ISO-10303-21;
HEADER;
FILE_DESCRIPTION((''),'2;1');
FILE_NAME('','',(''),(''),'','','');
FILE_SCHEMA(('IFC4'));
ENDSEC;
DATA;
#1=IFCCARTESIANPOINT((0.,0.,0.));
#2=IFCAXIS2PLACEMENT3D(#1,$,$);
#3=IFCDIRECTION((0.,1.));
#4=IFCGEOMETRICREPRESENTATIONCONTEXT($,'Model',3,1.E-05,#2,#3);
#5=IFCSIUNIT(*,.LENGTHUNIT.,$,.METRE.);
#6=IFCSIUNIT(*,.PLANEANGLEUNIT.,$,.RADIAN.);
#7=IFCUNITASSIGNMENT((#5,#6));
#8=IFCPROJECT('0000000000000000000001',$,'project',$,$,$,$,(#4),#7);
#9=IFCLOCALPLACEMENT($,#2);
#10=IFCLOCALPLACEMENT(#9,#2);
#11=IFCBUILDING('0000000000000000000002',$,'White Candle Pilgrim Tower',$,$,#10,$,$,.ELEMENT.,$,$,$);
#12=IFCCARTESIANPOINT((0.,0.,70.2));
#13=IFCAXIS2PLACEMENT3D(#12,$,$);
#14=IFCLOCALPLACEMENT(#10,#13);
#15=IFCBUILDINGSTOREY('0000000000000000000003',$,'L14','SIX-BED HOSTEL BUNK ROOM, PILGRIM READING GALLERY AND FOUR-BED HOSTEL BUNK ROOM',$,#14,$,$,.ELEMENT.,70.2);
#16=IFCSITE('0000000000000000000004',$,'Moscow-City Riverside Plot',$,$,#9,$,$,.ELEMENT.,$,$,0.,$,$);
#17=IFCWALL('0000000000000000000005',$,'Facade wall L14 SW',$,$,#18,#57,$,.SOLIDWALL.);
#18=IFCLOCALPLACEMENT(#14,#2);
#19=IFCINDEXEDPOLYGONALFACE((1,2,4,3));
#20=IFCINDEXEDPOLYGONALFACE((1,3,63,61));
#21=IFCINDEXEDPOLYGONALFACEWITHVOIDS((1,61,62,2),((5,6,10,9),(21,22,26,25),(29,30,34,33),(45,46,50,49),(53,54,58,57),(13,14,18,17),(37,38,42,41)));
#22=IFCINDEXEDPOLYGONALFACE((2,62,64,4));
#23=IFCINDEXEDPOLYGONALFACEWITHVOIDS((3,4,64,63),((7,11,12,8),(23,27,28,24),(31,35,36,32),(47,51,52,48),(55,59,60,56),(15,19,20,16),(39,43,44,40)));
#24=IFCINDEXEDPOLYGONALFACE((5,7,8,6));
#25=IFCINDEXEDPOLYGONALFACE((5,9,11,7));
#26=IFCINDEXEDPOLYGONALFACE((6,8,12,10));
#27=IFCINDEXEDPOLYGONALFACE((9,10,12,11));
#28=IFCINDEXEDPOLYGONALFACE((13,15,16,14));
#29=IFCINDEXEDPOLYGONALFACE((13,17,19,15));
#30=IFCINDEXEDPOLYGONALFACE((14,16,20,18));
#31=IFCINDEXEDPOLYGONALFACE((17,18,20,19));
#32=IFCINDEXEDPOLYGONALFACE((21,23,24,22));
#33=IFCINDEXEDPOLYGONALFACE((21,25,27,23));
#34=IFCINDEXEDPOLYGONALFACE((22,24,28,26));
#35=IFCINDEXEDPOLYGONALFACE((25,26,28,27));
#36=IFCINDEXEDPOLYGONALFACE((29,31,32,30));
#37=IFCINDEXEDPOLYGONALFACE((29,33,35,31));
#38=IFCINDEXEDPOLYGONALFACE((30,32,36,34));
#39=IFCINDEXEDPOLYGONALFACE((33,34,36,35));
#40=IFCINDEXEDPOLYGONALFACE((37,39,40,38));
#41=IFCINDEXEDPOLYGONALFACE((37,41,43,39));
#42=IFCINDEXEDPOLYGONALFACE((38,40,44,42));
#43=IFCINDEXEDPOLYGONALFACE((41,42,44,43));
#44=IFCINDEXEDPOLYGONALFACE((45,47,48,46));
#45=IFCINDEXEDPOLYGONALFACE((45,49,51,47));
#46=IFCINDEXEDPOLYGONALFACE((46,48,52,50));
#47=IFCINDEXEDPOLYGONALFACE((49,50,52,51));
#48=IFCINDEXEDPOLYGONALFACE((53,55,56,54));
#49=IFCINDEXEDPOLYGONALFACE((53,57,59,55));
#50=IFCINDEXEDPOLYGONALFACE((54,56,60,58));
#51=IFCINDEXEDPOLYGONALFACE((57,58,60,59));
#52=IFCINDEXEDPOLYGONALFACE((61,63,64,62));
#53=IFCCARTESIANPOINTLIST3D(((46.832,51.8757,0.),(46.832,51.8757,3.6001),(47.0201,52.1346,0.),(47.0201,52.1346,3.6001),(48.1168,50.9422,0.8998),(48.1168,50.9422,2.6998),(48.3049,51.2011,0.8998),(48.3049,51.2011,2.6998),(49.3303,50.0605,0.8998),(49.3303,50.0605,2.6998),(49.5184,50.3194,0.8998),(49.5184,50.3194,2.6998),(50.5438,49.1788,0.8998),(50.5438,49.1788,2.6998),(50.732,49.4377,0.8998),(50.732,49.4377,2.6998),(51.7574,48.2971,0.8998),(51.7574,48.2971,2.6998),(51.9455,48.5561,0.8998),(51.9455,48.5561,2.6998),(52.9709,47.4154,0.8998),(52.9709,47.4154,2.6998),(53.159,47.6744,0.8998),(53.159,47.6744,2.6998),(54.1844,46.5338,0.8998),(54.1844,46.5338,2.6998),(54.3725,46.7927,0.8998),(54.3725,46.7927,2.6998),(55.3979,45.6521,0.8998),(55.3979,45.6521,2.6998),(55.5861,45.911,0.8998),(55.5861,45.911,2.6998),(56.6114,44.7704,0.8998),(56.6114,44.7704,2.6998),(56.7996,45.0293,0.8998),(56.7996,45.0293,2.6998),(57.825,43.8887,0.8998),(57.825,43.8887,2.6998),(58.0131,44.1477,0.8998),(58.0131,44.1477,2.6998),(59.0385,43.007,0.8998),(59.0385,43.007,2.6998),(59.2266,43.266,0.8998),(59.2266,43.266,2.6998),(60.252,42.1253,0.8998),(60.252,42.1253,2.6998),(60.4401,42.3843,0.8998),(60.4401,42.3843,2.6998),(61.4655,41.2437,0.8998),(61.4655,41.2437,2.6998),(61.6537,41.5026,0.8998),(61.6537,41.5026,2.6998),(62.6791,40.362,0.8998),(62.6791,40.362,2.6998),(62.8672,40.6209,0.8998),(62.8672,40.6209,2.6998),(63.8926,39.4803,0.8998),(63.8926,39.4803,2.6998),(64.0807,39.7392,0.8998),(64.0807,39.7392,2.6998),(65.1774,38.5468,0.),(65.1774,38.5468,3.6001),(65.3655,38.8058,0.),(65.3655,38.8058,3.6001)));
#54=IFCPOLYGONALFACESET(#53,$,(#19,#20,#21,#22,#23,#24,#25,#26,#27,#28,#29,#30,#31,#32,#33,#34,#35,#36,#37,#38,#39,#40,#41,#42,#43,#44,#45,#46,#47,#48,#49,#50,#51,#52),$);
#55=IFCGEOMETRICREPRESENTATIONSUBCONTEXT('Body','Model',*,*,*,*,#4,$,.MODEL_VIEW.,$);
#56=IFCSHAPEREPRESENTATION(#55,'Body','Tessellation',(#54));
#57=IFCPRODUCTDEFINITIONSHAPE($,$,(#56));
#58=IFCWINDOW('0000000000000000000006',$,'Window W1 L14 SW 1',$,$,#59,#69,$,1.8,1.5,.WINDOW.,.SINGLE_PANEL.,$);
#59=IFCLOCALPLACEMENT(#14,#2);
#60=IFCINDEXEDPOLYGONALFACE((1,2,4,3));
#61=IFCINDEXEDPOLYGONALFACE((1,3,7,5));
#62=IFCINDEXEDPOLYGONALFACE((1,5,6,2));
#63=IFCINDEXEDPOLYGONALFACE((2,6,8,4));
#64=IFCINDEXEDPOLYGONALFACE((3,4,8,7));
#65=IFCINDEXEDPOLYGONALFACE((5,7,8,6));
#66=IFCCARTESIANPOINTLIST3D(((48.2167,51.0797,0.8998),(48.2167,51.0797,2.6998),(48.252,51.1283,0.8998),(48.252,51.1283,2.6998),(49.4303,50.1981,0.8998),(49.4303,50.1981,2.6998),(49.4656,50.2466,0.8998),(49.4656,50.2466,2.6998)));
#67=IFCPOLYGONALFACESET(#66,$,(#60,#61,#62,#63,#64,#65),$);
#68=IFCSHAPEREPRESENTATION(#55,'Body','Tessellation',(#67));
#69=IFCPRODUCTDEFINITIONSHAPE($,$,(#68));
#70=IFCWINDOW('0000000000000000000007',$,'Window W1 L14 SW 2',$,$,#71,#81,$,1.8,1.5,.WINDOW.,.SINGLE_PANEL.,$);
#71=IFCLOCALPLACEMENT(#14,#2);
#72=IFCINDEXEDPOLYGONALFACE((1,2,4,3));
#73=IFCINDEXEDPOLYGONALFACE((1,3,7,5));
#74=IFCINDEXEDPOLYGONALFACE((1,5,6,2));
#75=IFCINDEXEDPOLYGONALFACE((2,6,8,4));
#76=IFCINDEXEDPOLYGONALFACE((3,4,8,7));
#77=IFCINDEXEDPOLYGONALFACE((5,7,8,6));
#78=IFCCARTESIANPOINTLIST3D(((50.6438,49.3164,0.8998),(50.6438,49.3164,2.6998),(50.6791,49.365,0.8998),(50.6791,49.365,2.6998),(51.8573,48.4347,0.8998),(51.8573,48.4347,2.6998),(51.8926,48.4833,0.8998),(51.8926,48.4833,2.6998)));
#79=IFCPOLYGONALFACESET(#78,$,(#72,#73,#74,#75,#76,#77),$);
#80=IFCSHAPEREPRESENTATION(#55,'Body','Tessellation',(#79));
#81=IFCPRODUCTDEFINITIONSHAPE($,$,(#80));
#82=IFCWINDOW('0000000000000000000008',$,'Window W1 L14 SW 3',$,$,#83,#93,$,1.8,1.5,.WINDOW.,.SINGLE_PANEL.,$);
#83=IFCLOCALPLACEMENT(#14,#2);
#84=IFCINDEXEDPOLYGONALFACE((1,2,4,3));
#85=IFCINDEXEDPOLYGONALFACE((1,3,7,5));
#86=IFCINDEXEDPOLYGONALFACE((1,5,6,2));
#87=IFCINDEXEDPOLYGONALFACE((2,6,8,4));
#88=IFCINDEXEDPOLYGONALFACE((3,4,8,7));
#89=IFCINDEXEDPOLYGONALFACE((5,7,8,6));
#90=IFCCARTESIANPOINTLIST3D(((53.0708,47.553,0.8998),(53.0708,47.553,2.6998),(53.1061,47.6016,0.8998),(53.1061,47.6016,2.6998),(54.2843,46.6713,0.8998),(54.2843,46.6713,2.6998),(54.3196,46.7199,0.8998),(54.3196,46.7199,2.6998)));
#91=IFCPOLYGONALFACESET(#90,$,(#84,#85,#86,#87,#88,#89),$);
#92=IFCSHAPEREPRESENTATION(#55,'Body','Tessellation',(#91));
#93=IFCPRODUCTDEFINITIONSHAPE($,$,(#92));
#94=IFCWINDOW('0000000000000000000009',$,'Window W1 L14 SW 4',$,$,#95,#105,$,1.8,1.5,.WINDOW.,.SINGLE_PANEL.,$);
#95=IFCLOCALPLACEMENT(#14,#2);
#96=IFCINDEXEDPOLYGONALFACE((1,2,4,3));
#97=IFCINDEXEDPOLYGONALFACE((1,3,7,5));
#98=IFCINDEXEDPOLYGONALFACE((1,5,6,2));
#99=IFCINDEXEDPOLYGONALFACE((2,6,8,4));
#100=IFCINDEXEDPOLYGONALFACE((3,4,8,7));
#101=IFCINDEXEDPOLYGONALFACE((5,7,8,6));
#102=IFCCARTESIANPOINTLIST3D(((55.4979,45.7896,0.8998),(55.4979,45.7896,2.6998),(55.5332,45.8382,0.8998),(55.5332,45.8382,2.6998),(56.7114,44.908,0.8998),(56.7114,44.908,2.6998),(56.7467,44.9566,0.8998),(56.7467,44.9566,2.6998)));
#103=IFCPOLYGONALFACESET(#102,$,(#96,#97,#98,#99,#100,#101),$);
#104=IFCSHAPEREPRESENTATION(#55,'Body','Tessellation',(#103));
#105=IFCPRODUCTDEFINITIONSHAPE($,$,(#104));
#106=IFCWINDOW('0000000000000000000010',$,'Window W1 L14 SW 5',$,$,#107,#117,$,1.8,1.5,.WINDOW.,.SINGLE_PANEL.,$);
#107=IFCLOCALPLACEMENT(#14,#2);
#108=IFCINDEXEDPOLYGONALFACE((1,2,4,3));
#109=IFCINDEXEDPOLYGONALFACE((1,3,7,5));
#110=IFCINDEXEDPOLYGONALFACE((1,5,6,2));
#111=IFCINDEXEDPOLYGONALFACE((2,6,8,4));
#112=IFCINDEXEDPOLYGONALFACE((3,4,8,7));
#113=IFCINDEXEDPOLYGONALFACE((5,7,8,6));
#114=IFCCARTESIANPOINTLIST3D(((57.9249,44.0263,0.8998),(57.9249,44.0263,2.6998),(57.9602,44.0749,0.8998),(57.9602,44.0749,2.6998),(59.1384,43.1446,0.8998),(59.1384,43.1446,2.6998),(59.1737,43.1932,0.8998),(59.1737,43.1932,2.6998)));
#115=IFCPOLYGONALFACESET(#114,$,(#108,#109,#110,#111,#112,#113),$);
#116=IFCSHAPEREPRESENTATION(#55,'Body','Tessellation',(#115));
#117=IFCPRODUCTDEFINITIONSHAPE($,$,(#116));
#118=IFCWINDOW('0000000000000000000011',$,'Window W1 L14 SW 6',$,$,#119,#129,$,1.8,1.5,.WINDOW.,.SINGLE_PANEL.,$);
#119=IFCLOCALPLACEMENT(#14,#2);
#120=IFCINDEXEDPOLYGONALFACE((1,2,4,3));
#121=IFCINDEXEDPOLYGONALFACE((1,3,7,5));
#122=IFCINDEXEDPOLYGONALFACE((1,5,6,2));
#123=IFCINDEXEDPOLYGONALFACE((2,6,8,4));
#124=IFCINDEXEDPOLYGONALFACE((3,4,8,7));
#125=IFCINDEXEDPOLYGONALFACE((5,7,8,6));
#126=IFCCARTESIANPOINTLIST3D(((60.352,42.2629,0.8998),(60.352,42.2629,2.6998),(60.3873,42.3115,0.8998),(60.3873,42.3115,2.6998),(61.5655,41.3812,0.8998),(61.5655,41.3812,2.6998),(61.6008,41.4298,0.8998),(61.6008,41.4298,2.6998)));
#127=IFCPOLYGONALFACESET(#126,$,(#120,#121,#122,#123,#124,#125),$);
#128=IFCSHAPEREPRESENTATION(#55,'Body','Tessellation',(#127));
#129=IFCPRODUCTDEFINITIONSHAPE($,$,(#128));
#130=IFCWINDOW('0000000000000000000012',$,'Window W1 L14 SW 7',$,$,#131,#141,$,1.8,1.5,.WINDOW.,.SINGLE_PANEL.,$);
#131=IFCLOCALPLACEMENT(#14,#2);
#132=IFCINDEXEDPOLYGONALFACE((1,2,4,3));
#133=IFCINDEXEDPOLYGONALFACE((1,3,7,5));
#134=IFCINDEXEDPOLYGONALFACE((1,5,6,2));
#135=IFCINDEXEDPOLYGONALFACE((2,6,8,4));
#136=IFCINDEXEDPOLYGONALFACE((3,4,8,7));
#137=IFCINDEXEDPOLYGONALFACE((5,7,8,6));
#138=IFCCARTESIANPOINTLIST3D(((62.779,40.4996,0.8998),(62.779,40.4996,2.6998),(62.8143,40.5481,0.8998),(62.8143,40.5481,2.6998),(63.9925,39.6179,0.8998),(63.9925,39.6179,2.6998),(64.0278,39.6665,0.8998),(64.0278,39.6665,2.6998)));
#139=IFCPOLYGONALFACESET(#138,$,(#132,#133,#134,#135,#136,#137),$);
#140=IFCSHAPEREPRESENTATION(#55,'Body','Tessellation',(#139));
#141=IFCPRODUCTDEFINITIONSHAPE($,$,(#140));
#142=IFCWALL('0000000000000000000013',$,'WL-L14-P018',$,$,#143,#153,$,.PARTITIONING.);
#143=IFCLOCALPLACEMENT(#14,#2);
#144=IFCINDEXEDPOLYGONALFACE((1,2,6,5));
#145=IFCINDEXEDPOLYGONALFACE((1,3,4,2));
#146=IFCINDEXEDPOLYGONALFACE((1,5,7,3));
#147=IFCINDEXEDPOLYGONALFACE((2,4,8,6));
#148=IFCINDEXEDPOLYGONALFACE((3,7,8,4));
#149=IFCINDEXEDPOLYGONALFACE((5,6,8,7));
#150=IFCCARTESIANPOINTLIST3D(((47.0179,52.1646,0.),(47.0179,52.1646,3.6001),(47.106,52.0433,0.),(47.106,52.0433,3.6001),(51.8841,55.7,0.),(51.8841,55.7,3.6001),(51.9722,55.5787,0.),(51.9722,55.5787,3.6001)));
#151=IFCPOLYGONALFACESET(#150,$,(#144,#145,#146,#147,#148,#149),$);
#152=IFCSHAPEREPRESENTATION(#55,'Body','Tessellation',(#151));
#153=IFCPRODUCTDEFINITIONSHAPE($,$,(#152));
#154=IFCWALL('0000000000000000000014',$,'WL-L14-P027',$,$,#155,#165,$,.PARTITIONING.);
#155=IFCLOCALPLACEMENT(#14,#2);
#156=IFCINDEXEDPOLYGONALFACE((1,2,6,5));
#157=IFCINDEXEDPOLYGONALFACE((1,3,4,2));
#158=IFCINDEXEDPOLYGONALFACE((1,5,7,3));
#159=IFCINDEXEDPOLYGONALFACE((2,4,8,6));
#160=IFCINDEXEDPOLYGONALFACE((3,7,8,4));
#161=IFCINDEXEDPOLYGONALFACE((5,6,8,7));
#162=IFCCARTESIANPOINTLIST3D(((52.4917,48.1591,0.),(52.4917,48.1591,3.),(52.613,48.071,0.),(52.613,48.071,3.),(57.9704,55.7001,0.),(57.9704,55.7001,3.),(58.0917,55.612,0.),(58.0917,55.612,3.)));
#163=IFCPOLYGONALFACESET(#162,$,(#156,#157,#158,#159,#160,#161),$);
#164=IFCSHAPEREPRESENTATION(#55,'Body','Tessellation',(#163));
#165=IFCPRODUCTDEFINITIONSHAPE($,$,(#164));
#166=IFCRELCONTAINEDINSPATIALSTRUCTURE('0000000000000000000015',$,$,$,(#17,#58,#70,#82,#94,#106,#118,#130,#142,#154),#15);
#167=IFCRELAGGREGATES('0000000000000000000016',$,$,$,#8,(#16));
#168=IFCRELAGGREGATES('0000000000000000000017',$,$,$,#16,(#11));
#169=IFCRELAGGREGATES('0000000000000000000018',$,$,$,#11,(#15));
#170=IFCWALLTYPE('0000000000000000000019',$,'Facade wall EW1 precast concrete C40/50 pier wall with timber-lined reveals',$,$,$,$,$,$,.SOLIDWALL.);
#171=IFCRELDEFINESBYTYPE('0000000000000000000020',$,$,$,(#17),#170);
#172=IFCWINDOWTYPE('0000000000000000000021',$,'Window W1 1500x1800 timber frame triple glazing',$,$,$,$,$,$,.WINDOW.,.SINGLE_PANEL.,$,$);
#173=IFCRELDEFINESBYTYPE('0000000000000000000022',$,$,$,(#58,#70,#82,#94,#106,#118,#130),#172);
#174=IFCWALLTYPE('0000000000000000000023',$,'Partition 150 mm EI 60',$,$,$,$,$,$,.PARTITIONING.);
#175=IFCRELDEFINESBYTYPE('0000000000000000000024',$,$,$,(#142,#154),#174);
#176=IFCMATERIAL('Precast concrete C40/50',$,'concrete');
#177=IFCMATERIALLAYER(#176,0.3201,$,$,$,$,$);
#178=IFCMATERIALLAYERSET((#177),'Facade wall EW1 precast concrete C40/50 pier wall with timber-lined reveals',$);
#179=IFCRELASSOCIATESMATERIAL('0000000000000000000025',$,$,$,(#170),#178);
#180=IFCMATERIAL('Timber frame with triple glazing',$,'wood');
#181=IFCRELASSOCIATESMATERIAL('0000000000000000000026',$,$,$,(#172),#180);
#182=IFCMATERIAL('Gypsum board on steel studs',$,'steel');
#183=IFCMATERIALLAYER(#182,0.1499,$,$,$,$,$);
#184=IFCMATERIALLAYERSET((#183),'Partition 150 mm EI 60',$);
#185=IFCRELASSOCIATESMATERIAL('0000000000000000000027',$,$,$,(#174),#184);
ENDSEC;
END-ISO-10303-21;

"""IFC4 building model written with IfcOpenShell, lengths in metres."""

from ifc_helpers import new_model, si_unit, direction, frame, frame_2d, origin, place, context, subcontext, project, spatial, rectangle, extrude, material, layer, layer_set, type_object, element, fill, save


model = new_model("IFC4")

# Units and contexts
model_context = context("Model", 3, precision=1e-05, world=origin(), true_north=direction((0.0, 1.0)))
body_context = subcontext(model_context, "Body", "Model", "MODEL_VIEW")
ifc_project = project(units=[si_unit("LENGTHUNIT", "METRE"), si_unit("PLANEANGLEUNIT", "RADIAN")], contexts=[model_context])

# Site, building, storey
site_placement = place(None, origin())
site = spatial("IfcSite", under=ifc_project, at=site_placement, Name="Moscow-City Riverside Plot", CompositionType="ELEMENT", RefElevation=0.0)
building_placement = place(site_placement, origin())
building = spatial("IfcBuilding", under=site, at=building_placement, Name="White Candle Pilgrim Tower", CompositionType="ELEMENT")
storey_placement = place(building_placement, frame((0.0, 0.0, 70.2)))
storey = spatial("IfcBuildingStorey", under=building, at=storey_placement, Name="L14", Description="SIX-BED HOSTEL BUNK ROOM, PILGRIM READING GALLERY AND FOUR-BED HOSTEL BUNK ROOM", CompositionType="ELEMENT", Elevation=70.2)

# Shared definitions
ifc_material_1 = material(Name="Gypsum board on steel studs", Category="steel")

# Wall, openings, windows
ifc_material_2 = material(Name="Precast concrete C40/50", Category="concrete")
ifc_layer_1 = layer(ifc_material_2, 0.3201)
ifc_layer_set_1 = layer_set([ifc_layer_1], Name="Facade wall EW1 precast concrete C40/50 pier wall with timber-lined reveals")
wall_type_1 = type_object("IfcWallType", Name="Facade wall EW1 precast concrete C40/50 pier wall with timber-lined reveals", PredefinedType="SOLIDWALL", material=ifc_layer_set_1)
ifc_material_3 = material(Name="Timber frame with triple glazing", Category="wood")
wall_1_placement = place(storey_placement, frame((46.926, 52.0051, 0.0), z_axis=(0.0, 0.0, 1.0), x_axis=(0.809015, -0.587788, 0.0)))
wall_1 = element("IfcWall", 1, at=wall_1_placement, inside=storey, type_object=wall_type_1, Name="Facade wall L14 SW", PredefinedType="SOLIDWALL", context=body_context, shape_type="SweptSolid", body=[
    extrude(rectangle(XDim=22.6763, YDim=0.3201, at=frame_2d((11.3381, 0.0))), origin(), (0.0, 0.0, 1.0), 3.6001),
])
opening_1_placement = place(wall_1_placement, frame((1.5881, 0.0, 0.8999)))
opening_1 = element("IfcOpeningElement", 2, at=opening_1_placement, cuts=wall_1, PredefinedType="OPENING", context=body_context, shape_type="SweptSolid", body=[
    extrude(rectangle(XDim=1.5, YDim=1.8, at=frame_2d((0.75, 0.8999))), frame((0.0, 0.1699, 0.0), z_axis=(0.0, -1.0, 0.0), x_axis=(1.0, 0.0, 0.0)), (0.0, 0.0, 1.0), 0.3401),
])
opening_2_placement = place(wall_1_placement, frame((4.5881, 0.0, 0.8999)))
opening_2 = element("IfcOpeningElement", 3, at=opening_2_placement, cuts=wall_1, PredefinedType="OPENING", context=body_context, shape_type="SweptSolid", body=[
    extrude(rectangle(XDim=1.5, YDim=1.8, at=frame_2d((0.75, 0.8999))), frame((0.0, 0.1699, 0.0), z_axis=(0.0, -1.0, 0.0), x_axis=(1.0, 0.0, 0.0)), (0.0, 0.0, 1.0), 0.3401),
])
opening_3_placement = place(wall_1_placement, frame((7.5881, 0.0, 0.8999)))
opening_3 = element("IfcOpeningElement", 4, at=opening_3_placement, cuts=wall_1, PredefinedType="OPENING", context=body_context, shape_type="SweptSolid", body=[
    extrude(rectangle(XDim=1.5, YDim=1.8, at=frame_2d((0.75, 0.8999))), frame((0.0, 0.1699, 0.0), z_axis=(0.0, -1.0, 0.0), x_axis=(1.0, 0.0, 0.0)), (0.0, 0.0, 1.0), 0.3401),
])
opening_4_placement = place(wall_1_placement, frame((10.5881, 0.0, 0.8999)))
opening_4 = element("IfcOpeningElement", 5, at=opening_4_placement, cuts=wall_1, PredefinedType="OPENING", context=body_context, shape_type="SweptSolid", body=[
    extrude(rectangle(XDim=1.5, YDim=1.8, at=frame_2d((0.75, 0.8999))), frame((0.0, 0.1699, 0.0), z_axis=(0.0, -1.0, 0.0), x_axis=(1.0, 0.0, 0.0)), (0.0, 0.0, 1.0), 0.3401),
])
opening_5_placement = place(wall_1_placement, frame((13.5881, 0.0, 0.8999)))
opening_5 = element("IfcOpeningElement", 6, at=opening_5_placement, cuts=wall_1, PredefinedType="OPENING", context=body_context, shape_type="SweptSolid", body=[
    extrude(rectangle(XDim=1.5, YDim=1.8, at=frame_2d((0.75, 0.8999))), frame((0.0, 0.1699, 0.0), z_axis=(0.0, -1.0, 0.0), x_axis=(1.0, 0.0, 0.0)), (0.0, 0.0, 1.0), 0.3401),
])
opening_6_placement = place(wall_1_placement, frame((16.5881, 0.0, 0.8999)))
opening_6 = element("IfcOpeningElement", 7, at=opening_6_placement, cuts=wall_1, PredefinedType="OPENING", context=body_context, shape_type="SweptSolid", body=[
    extrude(rectangle(XDim=1.5, YDim=1.8, at=frame_2d((0.75, 0.8999))), frame((0.0, 0.1699, 0.0), z_axis=(0.0, -1.0, 0.0), x_axis=(1.0, 0.0, 0.0)), (0.0, 0.0, 1.0), 0.3401),
])
opening_7_placement = place(wall_1_placement, frame((19.5881, 0.0, 0.8999)))
opening_7 = element("IfcOpeningElement", 8, at=opening_7_placement, cuts=wall_1, PredefinedType="OPENING", context=body_context, shape_type="SweptSolid", body=[
    extrude(rectangle(XDim=1.5, YDim=1.8, at=frame_2d((0.75, 0.8999))), frame((0.0, 0.1699, 0.0), z_axis=(0.0, -1.0, 0.0), x_axis=(1.0, 0.0, 0.0)), (0.0, 0.0, 1.0), 0.3401),
])
window_type_1 = type_object("IfcWindowType", Name="Window W1 1500x1800 timber frame triple glazing", PartitioningType="SINGLE_PANEL", PredefinedType="WINDOW", material=ifc_material_3)
window_1_placement = place(opening_1_placement, origin())
window_1 = element("IfcWindow", 9, at=window_1_placement, inside=storey, type_object=window_type_1, Name="Window W1 L14 SW 1", OverallHeight=1.8, OverallWidth=1.5, PartitioningType="SINGLE_PANEL", PredefinedType="WINDOW", context=body_context, shape_type="SweptSolid", body=[
    extrude(rectangle(XDim=1.5, YDim=1.8, at=frame_2d((0.75, 0.8999))), frame((0.0, 0.0701, 0.0), z_axis=(0.0, -1.0, 0.0), x_axis=(1.0, 0.0, 0.0)), (0.0, 0.0, 1.0), 0.0601),
])
fill(opening_1, window_1)
window_2_placement = place(opening_2_placement, origin())
window_2 = element("IfcWindow", 10, at=window_2_placement, inside=storey, type_object=window_type_1, Name="Window W1 L14 SW 2", OverallHeight=1.8, OverallWidth=1.5, PartitioningType="SINGLE_PANEL", PredefinedType="WINDOW", context=body_context, shape_type="SweptSolid", body=[
    extrude(rectangle(XDim=1.5, YDim=1.8, at=frame_2d((0.75, 0.8999))), frame((0.0, 0.0701, 0.0), z_axis=(0.0, -1.0, 0.0), x_axis=(1.0, 0.0, 0.0)), (0.0, 0.0, 1.0), 0.0601),
])
fill(opening_2, window_2)
window_3_placement = place(opening_3_placement, origin())
window_3 = element("IfcWindow", 11, at=window_3_placement, inside=storey, type_object=window_type_1, Name="Window W1 L14 SW 3", OverallHeight=1.8, OverallWidth=1.5, PartitioningType="SINGLE_PANEL", PredefinedType="WINDOW", context=body_context, shape_type="SweptSolid", body=[
    extrude(rectangle(XDim=1.5, YDim=1.8, at=frame_2d((0.75, 0.8999))), frame((0.0, 0.0701, 0.0), z_axis=(0.0, -1.0, 0.0), x_axis=(1.0, 0.0, 0.0)), (0.0, 0.0, 1.0), 0.0601),
])
fill(opening_3, window_3)
window_4_placement = place(opening_4_placement, origin())
window_4 = element("IfcWindow", 12, at=window_4_placement, inside=storey, type_object=window_type_1, Name="Window W1 L14 SW 4", OverallHeight=1.8, OverallWidth=1.5, PartitioningType="SINGLE_PANEL", PredefinedType="WINDOW", context=body_context, shape_type="SweptSolid", body=[
    extrude(rectangle(XDim=1.5, YDim=1.8, at=frame_2d((0.75, 0.8999))), frame((0.0, 0.0701, 0.0), z_axis=(0.0, -1.0, 0.0), x_axis=(1.0, 0.0, 0.0)), (0.0, 0.0, 1.0), 0.0601),
])
fill(opening_4, window_4)
window_5_placement = place(opening_5_placement, origin())
window_5 = element("IfcWindow", 13, at=window_5_placement, inside=storey, type_object=window_type_1, Name="Window W1 L14 SW 5", OverallHeight=1.8, OverallWidth=1.5, PartitioningType="SINGLE_PANEL", PredefinedType="WINDOW", context=body_context, shape_type="SweptSolid", body=[
    extrude(rectangle(XDim=1.5, YDim=1.8, at=frame_2d((0.75, 0.8999))), frame((0.0, 0.0701, 0.0), z_axis=(0.0, -1.0, 0.0), x_axis=(1.0, 0.0, 0.0)), (0.0, 0.0, 1.0), 0.0601),
])
fill(opening_5, window_5)
window_6_placement = place(opening_6_placement, origin())
window_6 = element("IfcWindow", 14, at=window_6_placement, inside=storey, type_object=window_type_1, Name="Window W1 L14 SW 6", OverallHeight=1.8, OverallWidth=1.5, PartitioningType="SINGLE_PANEL", PredefinedType="WINDOW", context=body_context, shape_type="SweptSolid", body=[
    extrude(rectangle(XDim=1.5, YDim=1.8, at=frame_2d((0.75, 0.8999))), frame((0.0, 0.0701, 0.0), z_axis=(0.0, -1.0, 0.0), x_axis=(1.0, 0.0, 0.0)), (0.0, 0.0, 1.0), 0.0601),
])
fill(opening_6, window_6)
window_7_placement = place(opening_7_placement, origin())
window_7 = element("IfcWindow", 15, at=window_7_placement, inside=storey, type_object=window_type_1, Name="Window W1 L14 SW 7", OverallHeight=1.8, OverallWidth=1.5, PartitioningType="SINGLE_PANEL", PredefinedType="WINDOW", context=body_context, shape_type="SweptSolid", body=[
    extrude(rectangle(XDim=1.5, YDim=1.8, at=frame_2d((0.75, 0.8999))), frame((0.0, 0.0701, 0.0), z_axis=(0.0, -1.0, 0.0), x_axis=(1.0, 0.0, 0.0)), (0.0, 0.0, 1.0), 0.0601),
])
fill(opening_7, window_7)

# Walls
ifc_layer_2 = layer(ifc_material_1, 0.1499)
ifc_layer_set_2 = layer_set([ifc_layer_2], Name="Partition 150 mm EI 60")
wall_type_2 = type_object("IfcWallType", Name="Partition 150 mm EI 60", PredefinedType="PARTITIONING", material=ifc_layer_set_2)
wall_2_placement = place(storey_placement, frame((47.062, 52.104, 0.0), z_axis=(0.0, 0.0, 1.0), x_axis=(0.809026, 0.587773, 0.0)))
element("IfcWall", 16, at=wall_2_placement, inside=storey, type_object=wall_type_2, Name="WL-L14-P018", PredefinedType="PARTITIONING", context=body_context, shape_type="SweptSolid", body=[
    extrude(rectangle(XDim=6.0149, YDim=0.1499, at=frame_2d((3.0073, 0.0))), origin(), (0.0, 0.0, 1.0), 3.6001),
])
wall_3_placement = place(storey_placement, frame((52.5522, 48.115, 0.0), z_axis=(0.0, 0.0, 1.0), x_axis=(0.587778, 0.809023, 0.0)))
element("IfcWall", 17, at=wall_3_placement, inside=storey, type_object=wall_type_2, Name="WL-L14-P027", PredefinedType="PARTITIONING", context=body_context, shape_type="SweptSolid", body=[
    extrude(rectangle(XDim=9.321, YDim=0.1499, at=frame_2d((4.6606, 0.0))), origin(), (0.0, 0.0, 1.0), 3.0),
])

save(model, "model.ifc")
